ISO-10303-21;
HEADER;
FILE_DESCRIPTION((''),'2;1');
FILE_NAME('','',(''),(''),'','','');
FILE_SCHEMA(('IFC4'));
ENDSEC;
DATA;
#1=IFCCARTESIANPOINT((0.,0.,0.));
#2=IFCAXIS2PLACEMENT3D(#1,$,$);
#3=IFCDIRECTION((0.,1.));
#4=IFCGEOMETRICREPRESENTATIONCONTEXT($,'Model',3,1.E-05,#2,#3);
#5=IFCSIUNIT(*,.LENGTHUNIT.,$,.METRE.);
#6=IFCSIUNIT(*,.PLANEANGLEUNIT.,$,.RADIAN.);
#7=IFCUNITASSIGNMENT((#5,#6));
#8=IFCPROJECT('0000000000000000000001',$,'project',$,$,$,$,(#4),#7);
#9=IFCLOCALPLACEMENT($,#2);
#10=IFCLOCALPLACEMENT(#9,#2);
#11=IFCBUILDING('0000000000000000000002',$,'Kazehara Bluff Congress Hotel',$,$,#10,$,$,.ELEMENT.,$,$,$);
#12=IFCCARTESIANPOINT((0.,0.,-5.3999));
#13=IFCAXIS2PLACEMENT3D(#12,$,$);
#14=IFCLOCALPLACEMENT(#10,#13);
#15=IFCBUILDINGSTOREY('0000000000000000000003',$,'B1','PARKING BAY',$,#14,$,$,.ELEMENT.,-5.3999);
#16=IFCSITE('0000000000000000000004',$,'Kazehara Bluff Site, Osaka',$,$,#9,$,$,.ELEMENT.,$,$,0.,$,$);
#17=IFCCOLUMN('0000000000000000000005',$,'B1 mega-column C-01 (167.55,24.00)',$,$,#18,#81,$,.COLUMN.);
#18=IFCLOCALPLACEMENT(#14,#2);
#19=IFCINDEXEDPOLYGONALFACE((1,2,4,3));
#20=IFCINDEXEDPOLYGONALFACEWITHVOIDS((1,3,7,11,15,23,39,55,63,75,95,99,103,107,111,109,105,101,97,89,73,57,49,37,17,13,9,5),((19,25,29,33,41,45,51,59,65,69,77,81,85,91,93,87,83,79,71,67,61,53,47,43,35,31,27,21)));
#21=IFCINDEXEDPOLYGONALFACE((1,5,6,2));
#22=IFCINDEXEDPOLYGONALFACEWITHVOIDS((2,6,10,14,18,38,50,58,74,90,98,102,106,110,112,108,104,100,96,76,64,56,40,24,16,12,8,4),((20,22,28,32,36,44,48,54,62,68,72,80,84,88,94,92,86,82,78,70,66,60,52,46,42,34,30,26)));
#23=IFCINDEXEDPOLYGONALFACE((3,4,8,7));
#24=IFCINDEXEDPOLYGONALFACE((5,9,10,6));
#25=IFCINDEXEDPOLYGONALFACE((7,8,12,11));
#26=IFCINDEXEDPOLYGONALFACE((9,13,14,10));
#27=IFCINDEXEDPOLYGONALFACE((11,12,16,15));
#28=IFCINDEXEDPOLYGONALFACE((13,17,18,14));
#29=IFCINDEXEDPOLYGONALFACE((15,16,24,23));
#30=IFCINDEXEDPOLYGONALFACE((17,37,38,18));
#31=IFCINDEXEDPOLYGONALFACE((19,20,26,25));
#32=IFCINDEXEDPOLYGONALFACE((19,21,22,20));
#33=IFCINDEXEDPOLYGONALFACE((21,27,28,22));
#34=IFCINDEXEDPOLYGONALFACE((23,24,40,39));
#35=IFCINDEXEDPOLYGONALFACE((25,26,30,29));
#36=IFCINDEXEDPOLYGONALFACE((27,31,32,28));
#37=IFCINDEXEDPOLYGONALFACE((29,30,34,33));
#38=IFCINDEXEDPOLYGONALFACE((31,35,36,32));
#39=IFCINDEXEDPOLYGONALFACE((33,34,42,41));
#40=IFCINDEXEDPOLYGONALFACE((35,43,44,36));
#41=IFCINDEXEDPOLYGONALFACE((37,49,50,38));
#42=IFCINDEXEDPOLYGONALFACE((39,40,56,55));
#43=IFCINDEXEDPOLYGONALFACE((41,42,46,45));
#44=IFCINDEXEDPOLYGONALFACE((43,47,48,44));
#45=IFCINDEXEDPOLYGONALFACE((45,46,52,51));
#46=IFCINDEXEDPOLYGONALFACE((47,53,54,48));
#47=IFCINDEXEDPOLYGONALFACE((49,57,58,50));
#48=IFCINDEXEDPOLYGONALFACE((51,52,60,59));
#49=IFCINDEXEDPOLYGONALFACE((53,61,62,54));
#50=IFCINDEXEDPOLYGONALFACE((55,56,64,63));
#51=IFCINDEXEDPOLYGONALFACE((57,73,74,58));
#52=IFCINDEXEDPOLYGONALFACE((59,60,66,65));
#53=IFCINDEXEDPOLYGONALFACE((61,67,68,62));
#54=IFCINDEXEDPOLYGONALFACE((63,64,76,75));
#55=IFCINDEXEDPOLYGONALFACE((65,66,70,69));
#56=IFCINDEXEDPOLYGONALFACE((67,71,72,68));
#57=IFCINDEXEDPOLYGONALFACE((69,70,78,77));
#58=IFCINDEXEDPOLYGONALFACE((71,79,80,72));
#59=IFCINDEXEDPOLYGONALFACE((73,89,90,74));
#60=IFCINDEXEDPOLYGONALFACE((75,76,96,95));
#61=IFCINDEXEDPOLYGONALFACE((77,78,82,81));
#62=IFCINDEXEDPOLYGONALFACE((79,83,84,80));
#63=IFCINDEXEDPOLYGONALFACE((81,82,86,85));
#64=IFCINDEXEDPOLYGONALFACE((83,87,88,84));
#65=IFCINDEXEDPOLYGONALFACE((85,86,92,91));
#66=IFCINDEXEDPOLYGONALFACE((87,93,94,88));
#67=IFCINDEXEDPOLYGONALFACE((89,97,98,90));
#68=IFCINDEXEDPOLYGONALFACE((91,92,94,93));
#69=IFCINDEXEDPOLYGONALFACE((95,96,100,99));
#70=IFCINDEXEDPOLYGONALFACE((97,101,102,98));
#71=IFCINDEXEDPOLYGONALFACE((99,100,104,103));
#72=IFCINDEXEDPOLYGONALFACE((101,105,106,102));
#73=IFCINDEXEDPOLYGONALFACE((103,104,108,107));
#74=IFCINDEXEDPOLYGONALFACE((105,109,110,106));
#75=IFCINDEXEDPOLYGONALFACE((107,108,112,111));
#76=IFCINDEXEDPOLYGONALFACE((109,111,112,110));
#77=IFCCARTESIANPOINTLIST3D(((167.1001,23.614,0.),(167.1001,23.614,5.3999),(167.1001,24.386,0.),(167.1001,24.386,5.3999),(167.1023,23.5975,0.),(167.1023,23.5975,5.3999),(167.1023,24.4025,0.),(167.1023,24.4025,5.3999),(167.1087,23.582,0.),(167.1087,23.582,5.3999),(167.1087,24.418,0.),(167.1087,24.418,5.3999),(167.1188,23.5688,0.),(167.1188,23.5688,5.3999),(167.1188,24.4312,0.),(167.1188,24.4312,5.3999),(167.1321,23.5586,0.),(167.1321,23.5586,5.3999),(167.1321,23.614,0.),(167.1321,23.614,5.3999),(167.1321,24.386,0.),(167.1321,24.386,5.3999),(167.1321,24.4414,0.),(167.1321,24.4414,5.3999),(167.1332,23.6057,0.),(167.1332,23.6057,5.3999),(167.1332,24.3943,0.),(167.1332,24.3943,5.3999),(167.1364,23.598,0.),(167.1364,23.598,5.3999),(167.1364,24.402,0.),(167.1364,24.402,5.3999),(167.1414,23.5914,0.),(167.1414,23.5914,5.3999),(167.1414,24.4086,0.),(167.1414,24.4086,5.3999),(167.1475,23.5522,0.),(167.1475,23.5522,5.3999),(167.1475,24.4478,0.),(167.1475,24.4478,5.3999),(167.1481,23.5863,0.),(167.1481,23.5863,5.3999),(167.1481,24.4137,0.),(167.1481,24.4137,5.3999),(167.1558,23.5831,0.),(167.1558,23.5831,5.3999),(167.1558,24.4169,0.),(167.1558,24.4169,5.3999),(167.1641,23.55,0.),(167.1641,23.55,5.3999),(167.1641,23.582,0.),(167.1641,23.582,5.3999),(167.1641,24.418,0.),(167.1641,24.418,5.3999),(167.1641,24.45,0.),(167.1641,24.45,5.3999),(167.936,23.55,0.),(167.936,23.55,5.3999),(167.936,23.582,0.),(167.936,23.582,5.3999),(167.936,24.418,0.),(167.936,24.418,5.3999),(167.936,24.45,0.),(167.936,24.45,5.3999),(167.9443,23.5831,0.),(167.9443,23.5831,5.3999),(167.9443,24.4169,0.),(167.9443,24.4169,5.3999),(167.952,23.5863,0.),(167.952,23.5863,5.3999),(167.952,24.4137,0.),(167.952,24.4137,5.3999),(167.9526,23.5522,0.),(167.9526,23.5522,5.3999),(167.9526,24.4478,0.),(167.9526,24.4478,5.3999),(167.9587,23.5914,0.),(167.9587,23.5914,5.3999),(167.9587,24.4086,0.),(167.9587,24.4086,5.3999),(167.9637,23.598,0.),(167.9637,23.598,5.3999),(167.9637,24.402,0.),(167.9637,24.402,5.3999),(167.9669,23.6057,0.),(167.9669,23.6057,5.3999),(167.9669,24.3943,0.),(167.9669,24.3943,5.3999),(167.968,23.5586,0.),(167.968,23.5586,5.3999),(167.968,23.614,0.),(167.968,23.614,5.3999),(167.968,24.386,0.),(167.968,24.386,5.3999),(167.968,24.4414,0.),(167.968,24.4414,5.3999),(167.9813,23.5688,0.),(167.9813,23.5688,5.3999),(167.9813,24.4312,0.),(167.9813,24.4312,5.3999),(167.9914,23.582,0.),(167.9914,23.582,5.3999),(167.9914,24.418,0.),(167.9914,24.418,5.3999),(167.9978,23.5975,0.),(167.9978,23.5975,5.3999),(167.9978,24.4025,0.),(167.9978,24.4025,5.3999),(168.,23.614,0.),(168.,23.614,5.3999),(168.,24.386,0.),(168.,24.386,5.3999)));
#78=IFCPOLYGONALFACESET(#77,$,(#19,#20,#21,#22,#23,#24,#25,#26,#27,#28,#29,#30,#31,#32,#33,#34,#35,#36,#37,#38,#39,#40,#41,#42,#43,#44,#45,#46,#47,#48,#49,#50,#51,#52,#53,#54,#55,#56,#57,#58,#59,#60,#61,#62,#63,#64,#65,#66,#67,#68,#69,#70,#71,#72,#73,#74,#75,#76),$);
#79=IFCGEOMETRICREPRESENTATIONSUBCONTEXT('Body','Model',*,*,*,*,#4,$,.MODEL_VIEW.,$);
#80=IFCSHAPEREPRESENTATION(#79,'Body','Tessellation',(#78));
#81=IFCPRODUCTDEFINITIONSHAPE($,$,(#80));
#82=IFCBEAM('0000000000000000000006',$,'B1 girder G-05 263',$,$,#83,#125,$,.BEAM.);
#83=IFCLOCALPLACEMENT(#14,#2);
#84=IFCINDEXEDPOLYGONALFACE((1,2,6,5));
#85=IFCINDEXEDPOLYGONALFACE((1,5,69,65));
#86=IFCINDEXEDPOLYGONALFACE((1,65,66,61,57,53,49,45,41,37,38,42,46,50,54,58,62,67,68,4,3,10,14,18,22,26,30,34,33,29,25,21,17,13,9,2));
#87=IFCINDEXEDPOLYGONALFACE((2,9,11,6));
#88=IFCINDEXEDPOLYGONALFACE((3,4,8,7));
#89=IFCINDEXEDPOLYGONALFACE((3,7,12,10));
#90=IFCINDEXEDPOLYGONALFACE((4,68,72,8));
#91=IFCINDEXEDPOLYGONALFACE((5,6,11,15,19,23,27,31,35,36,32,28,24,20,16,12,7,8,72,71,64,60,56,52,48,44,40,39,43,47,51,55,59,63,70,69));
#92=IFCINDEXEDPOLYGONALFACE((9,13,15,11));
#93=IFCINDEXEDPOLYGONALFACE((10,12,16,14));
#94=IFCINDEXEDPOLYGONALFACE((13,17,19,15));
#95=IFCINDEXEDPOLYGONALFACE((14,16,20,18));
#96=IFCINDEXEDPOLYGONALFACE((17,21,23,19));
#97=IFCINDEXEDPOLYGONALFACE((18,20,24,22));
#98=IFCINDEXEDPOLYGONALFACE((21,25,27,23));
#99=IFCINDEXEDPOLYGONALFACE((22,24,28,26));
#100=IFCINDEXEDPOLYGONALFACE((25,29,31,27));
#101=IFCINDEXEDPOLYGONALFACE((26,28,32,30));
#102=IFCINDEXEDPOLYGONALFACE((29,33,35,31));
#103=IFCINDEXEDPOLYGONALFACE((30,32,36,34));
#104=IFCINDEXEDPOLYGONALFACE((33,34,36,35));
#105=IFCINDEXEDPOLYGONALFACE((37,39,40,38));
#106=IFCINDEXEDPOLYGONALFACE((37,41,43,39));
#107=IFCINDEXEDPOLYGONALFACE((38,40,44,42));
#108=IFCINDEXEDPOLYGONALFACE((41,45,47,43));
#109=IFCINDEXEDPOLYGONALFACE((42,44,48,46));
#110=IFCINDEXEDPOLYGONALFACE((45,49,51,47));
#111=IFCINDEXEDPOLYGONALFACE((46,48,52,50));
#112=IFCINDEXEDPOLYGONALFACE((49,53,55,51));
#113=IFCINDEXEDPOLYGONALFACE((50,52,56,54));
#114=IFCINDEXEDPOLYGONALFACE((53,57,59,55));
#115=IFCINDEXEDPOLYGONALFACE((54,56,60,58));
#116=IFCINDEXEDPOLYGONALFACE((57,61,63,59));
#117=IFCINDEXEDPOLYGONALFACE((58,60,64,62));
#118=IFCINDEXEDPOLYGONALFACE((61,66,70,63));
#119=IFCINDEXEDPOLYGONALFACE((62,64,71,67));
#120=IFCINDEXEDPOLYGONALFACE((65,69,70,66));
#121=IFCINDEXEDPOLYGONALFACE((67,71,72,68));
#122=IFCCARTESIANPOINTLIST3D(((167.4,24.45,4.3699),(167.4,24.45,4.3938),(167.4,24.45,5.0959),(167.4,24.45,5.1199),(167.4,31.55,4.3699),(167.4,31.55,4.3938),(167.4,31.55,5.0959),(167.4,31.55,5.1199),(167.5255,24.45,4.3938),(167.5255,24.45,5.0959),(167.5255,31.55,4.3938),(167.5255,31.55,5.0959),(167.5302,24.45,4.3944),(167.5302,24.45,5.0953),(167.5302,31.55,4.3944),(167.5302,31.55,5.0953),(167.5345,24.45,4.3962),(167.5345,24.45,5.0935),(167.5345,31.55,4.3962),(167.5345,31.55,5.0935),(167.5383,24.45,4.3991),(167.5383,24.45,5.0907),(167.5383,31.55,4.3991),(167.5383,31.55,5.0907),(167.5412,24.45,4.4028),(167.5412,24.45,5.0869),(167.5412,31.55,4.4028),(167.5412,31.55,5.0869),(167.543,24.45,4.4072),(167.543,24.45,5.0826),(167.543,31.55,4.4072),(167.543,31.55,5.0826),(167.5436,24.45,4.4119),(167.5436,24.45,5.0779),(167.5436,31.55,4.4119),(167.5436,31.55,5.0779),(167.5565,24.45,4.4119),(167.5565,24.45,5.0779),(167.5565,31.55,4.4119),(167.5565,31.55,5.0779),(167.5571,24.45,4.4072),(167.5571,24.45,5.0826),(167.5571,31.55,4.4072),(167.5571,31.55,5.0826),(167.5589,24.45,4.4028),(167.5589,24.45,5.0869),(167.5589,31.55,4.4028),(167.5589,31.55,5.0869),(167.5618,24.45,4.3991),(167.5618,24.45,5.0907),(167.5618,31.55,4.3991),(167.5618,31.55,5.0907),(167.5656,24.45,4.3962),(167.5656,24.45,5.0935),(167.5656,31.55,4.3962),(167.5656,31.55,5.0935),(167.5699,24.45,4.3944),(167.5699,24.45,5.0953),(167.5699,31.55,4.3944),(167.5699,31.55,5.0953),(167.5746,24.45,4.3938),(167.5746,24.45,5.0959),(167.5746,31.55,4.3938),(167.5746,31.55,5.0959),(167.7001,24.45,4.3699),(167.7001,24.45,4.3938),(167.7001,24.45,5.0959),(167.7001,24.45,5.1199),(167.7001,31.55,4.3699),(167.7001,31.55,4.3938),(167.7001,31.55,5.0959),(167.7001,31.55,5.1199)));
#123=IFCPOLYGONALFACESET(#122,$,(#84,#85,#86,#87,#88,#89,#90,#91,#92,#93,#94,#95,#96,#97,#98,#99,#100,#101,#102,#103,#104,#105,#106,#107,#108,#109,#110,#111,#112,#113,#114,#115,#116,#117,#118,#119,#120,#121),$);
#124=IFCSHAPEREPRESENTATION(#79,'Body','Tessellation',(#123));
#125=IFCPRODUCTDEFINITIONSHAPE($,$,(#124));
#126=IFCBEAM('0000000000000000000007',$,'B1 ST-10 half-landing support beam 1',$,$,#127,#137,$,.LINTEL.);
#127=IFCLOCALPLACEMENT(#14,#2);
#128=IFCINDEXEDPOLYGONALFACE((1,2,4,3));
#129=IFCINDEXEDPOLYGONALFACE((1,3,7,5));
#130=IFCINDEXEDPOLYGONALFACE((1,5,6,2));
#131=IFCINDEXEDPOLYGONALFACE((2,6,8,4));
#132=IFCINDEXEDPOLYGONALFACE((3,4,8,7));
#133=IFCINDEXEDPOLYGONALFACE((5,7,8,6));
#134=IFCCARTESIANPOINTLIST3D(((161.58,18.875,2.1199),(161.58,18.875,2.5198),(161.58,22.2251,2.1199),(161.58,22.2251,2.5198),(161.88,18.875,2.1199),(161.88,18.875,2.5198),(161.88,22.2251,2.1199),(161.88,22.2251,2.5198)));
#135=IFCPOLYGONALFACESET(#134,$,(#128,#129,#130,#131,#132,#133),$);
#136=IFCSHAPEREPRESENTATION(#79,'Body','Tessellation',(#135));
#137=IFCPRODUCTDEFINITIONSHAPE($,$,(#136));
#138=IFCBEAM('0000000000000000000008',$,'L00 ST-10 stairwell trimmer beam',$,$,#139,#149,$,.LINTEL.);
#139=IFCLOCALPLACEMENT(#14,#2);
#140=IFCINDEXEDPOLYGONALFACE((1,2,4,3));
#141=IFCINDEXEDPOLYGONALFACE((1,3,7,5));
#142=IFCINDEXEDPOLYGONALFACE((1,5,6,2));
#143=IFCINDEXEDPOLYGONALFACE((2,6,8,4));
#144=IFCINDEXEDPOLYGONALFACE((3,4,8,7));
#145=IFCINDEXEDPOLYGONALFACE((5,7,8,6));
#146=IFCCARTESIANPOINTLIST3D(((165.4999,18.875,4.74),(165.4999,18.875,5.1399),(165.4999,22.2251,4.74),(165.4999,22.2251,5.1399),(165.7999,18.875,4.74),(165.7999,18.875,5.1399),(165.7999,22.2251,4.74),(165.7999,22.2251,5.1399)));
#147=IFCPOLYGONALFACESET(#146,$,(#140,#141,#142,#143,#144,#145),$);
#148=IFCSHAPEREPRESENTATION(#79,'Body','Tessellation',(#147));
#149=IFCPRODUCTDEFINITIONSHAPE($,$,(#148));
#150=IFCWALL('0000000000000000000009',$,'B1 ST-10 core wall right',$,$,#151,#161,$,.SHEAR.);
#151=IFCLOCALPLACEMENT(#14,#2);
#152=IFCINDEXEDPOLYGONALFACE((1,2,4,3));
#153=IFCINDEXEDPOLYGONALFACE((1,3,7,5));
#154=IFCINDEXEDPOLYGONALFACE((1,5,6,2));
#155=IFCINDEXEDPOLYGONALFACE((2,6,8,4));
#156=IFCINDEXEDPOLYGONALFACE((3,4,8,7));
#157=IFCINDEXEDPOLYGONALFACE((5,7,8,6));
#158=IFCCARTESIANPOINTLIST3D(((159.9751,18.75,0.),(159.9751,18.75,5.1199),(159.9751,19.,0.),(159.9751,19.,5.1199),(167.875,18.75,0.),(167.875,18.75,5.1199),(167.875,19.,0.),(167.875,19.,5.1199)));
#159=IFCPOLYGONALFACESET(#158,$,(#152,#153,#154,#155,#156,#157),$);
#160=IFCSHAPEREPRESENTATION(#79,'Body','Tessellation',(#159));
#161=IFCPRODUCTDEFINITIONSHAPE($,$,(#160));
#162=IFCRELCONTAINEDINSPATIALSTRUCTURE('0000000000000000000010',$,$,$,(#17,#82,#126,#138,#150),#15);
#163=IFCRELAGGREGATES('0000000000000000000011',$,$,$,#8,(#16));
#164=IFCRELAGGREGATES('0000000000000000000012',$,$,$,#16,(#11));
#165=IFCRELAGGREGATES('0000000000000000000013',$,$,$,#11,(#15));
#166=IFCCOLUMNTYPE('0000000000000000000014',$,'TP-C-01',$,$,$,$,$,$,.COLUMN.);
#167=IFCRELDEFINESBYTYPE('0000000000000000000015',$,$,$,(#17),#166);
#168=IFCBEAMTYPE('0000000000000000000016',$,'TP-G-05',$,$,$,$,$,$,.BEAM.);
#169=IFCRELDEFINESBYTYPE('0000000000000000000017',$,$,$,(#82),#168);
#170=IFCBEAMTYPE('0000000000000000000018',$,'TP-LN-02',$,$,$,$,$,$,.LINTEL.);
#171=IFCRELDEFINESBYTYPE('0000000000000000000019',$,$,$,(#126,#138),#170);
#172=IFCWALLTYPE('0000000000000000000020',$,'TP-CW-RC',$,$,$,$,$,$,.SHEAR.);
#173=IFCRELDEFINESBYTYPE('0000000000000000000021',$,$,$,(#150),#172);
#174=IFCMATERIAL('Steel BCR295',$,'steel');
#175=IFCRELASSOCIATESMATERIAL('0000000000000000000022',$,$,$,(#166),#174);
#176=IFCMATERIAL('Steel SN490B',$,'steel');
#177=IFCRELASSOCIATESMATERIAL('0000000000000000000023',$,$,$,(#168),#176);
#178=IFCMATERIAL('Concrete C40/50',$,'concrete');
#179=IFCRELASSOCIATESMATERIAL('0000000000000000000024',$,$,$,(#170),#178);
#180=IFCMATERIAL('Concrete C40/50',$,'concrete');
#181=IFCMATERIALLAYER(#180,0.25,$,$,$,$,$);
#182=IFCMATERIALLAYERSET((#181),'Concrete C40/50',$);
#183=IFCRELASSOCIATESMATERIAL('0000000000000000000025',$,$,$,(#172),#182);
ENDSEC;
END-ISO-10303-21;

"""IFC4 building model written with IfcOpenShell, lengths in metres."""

from ifc_helpers import new_model, si_unit, direction, frame, frame_2d, origin, origin_2d, place, context, subcontext, project, spatial, rectangle, hollow_rectangle, i_section, extrude, material, layer, layer_set, material_profile, profile_set, type_object, element, save


model = new_model("IFC4")

# Units and contexts
model_context = context("Model", 3, precision=1e-05, world=origin(), true_north=direction((0.0, 1.0)))
body_context = subcontext(model_context, "Body", "Model", "MODEL_VIEW")
ifc_project = project(units=[si_unit("LENGTHUNIT", "METRE"), si_unit("PLANEANGLEUNIT", "RADIAN")], contexts=[model_context])

# Site, building, storey
site_placement = place(None, origin())
site = spatial("IfcSite", under=ifc_project, at=site_placement, Name="Kazehara Bluff Site, Osaka", CompositionType="ELEMENT", RefElevation=0.0)
building_placement = place(site_placement, origin())
building = spatial("IfcBuilding", under=site, at=building_placement, Name="Kazehara Bluff Congress Hotel", CompositionType="ELEMENT")
storey_placement = place(building_placement, frame((0.0, 0.0, -5.3999)))
storey = spatial("IfcBuildingStorey", under=building, at=storey_placement, Name="B1", Description="PARKING BAY", CompositionType="ELEMENT", Elevation=-5.3999)

# Column
ifc_material_1 = material(Name="Steel BCR295", Category="steel")
ifc_material_profile_1 = material_profile(ifc_material_1, hollow_rectangle(XDim=0.8999, YDim=0.8999, WallThickness=0.032, InnerFilletRadius=0.032, OuterFilletRadius=0.064, at=origin_2d()))
ifc_profile_set_1 = profile_set([ifc_material_profile_1], Name="Steel BCR295")
column_type = type_object("IfcColumnType", Name="TP-C-01", PredefinedType="COLUMN", material=ifc_profile_set_1)
for number, where, z_axis, x_axis, name in (
    (1, (167.55, 24.0, 0.0), (0.0, 0.0, 1.0), (1.0, 0.0, 0.0), "B1 mega-column C-01 (167.55,24.00)"),
):
    element("IfcColumn", number, at=place(storey_placement, frame(where, z_axis=z_axis, x_axis=x_axis)), inside=storey, type_object=column_type, Name=name, PredefinedType="COLUMN", context=body_context, shape_type="SweptSolid", body=[
        extrude(hollow_rectangle(XDim=0.8999, YDim=0.8999, WallThickness=0.032, InnerFilletRadius=0.032, OuterFilletRadius=0.064, at=origin_2d()), origin(), (0.0, 0.0, 1.0), 5.3999),
    ])

# Beams
ifc_material_2 = material(Name="Steel SN490B", Category="steel")
ifc_material_profile_2 = material_profile(ifc_material_2, i_section(OverallWidth=0.3, OverallDepth=0.75, WebThickness=0.0129, FlangeThickness=0.0239, FilletRadius=0.0181, at=origin_2d()))
ifc_profile_set_2 = profile_set([ifc_material_profile_2], Name="Steel SN490B")
beam_type_1 = type_object("IfcBeamType", Name="TP-G-05", PredefinedType="BEAM", material=ifc_profile_set_2)
beam_placement = place(storey_placement, frame((167.55, 24.45, 4.7449), z_axis=(0.0, 1.0, 0.0), x_axis=(-1.0, 0.0, 0.0)))
element("IfcBeam", 2, at=beam_placement, inside=storey, type_object=beam_type_1, Name="B1 girder G-05 263", PredefinedType="BEAM", context=body_context, shape_type="SweptSolid", body=[
    extrude(i_section(OverallWidth=0.3, OverallDepth=0.75, WebThickness=0.0129, FlangeThickness=0.0239, FilletRadius=0.0181, at=origin_2d()), origin(), (0.0, 0.0, 1.0), 7.1001),
])
ifc_material_3 = material(Name="Concrete C40/50", Category="concrete")
ifc_material_profile_3 = material_profile(ifc_material_3, rectangle(XDim=0.3, YDim=0.3999, at=origin_2d()))
ifc_profile_set_3 = profile_set([ifc_material_profile_3], Name="Concrete C40/50")
beam_type_2 = type_object("IfcBeamType", Name="TP-LN-02", PredefinedType="LINTEL", material=ifc_profile_set_3)
for number, where, z_axis, x_axis, name in (
    (3, (161.73, 22.2251, 2.3198), (0.0, -1.0, 0.0), (1.0, 0.0, 0.0), "B1 ST-10 half-landing support beam 1"),
    (4, (165.6499, 22.2251, 4.9399), (0.0, -1.0, 0.0), (1.0, 0.0, 0.0), "L00 ST-10 stairwell trimmer beam"),
):
    element("IfcBeam", number, at=place(storey_placement, frame(where, z_axis=z_axis, x_axis=x_axis)), inside=storey, type_object=beam_type_2, Name=name, PredefinedType="LINTEL", context=body_context, shape_type="SweptSolid", body=[
        extrude(rectangle(XDim=0.3, YDim=0.3999, at=origin_2d()), origin(), (0.0, 0.0, 1.0), 3.3501),
    ])

# Wall
ifc_material_4 = material(Name="Concrete C40/50", Category="concrete")
ifc_layer_1 = layer(ifc_material_4, 0.25)
ifc_layer_set_1 = layer_set([ifc_layer_1], Name="Concrete C40/50")
wall_type = type_object("IfcWallType", Name="TP-CW-RC", PredefinedType="SHEAR", material=ifc_layer_set_1)
wall_placement = place(storey_placement, frame((167.875, 18.875, 0.0), z_axis=(0.0, 0.0, 1.0), x_axis=(-1.0, 0.0, 0.0)))
element("IfcWall", 5, at=wall_placement, inside=storey, type_object=wall_type, Name="B1 ST-10 core wall right", PredefinedType="SHEAR", context=body_context, shape_type="SweptSolid", body=[
    extrude(rectangle(XDim=7.8999, YDim=0.25, at=frame_2d((3.95, 0.0))), origin(), (0.0, 0.0, 1.0), 5.1199),
])

save(model, "model.ifc")
